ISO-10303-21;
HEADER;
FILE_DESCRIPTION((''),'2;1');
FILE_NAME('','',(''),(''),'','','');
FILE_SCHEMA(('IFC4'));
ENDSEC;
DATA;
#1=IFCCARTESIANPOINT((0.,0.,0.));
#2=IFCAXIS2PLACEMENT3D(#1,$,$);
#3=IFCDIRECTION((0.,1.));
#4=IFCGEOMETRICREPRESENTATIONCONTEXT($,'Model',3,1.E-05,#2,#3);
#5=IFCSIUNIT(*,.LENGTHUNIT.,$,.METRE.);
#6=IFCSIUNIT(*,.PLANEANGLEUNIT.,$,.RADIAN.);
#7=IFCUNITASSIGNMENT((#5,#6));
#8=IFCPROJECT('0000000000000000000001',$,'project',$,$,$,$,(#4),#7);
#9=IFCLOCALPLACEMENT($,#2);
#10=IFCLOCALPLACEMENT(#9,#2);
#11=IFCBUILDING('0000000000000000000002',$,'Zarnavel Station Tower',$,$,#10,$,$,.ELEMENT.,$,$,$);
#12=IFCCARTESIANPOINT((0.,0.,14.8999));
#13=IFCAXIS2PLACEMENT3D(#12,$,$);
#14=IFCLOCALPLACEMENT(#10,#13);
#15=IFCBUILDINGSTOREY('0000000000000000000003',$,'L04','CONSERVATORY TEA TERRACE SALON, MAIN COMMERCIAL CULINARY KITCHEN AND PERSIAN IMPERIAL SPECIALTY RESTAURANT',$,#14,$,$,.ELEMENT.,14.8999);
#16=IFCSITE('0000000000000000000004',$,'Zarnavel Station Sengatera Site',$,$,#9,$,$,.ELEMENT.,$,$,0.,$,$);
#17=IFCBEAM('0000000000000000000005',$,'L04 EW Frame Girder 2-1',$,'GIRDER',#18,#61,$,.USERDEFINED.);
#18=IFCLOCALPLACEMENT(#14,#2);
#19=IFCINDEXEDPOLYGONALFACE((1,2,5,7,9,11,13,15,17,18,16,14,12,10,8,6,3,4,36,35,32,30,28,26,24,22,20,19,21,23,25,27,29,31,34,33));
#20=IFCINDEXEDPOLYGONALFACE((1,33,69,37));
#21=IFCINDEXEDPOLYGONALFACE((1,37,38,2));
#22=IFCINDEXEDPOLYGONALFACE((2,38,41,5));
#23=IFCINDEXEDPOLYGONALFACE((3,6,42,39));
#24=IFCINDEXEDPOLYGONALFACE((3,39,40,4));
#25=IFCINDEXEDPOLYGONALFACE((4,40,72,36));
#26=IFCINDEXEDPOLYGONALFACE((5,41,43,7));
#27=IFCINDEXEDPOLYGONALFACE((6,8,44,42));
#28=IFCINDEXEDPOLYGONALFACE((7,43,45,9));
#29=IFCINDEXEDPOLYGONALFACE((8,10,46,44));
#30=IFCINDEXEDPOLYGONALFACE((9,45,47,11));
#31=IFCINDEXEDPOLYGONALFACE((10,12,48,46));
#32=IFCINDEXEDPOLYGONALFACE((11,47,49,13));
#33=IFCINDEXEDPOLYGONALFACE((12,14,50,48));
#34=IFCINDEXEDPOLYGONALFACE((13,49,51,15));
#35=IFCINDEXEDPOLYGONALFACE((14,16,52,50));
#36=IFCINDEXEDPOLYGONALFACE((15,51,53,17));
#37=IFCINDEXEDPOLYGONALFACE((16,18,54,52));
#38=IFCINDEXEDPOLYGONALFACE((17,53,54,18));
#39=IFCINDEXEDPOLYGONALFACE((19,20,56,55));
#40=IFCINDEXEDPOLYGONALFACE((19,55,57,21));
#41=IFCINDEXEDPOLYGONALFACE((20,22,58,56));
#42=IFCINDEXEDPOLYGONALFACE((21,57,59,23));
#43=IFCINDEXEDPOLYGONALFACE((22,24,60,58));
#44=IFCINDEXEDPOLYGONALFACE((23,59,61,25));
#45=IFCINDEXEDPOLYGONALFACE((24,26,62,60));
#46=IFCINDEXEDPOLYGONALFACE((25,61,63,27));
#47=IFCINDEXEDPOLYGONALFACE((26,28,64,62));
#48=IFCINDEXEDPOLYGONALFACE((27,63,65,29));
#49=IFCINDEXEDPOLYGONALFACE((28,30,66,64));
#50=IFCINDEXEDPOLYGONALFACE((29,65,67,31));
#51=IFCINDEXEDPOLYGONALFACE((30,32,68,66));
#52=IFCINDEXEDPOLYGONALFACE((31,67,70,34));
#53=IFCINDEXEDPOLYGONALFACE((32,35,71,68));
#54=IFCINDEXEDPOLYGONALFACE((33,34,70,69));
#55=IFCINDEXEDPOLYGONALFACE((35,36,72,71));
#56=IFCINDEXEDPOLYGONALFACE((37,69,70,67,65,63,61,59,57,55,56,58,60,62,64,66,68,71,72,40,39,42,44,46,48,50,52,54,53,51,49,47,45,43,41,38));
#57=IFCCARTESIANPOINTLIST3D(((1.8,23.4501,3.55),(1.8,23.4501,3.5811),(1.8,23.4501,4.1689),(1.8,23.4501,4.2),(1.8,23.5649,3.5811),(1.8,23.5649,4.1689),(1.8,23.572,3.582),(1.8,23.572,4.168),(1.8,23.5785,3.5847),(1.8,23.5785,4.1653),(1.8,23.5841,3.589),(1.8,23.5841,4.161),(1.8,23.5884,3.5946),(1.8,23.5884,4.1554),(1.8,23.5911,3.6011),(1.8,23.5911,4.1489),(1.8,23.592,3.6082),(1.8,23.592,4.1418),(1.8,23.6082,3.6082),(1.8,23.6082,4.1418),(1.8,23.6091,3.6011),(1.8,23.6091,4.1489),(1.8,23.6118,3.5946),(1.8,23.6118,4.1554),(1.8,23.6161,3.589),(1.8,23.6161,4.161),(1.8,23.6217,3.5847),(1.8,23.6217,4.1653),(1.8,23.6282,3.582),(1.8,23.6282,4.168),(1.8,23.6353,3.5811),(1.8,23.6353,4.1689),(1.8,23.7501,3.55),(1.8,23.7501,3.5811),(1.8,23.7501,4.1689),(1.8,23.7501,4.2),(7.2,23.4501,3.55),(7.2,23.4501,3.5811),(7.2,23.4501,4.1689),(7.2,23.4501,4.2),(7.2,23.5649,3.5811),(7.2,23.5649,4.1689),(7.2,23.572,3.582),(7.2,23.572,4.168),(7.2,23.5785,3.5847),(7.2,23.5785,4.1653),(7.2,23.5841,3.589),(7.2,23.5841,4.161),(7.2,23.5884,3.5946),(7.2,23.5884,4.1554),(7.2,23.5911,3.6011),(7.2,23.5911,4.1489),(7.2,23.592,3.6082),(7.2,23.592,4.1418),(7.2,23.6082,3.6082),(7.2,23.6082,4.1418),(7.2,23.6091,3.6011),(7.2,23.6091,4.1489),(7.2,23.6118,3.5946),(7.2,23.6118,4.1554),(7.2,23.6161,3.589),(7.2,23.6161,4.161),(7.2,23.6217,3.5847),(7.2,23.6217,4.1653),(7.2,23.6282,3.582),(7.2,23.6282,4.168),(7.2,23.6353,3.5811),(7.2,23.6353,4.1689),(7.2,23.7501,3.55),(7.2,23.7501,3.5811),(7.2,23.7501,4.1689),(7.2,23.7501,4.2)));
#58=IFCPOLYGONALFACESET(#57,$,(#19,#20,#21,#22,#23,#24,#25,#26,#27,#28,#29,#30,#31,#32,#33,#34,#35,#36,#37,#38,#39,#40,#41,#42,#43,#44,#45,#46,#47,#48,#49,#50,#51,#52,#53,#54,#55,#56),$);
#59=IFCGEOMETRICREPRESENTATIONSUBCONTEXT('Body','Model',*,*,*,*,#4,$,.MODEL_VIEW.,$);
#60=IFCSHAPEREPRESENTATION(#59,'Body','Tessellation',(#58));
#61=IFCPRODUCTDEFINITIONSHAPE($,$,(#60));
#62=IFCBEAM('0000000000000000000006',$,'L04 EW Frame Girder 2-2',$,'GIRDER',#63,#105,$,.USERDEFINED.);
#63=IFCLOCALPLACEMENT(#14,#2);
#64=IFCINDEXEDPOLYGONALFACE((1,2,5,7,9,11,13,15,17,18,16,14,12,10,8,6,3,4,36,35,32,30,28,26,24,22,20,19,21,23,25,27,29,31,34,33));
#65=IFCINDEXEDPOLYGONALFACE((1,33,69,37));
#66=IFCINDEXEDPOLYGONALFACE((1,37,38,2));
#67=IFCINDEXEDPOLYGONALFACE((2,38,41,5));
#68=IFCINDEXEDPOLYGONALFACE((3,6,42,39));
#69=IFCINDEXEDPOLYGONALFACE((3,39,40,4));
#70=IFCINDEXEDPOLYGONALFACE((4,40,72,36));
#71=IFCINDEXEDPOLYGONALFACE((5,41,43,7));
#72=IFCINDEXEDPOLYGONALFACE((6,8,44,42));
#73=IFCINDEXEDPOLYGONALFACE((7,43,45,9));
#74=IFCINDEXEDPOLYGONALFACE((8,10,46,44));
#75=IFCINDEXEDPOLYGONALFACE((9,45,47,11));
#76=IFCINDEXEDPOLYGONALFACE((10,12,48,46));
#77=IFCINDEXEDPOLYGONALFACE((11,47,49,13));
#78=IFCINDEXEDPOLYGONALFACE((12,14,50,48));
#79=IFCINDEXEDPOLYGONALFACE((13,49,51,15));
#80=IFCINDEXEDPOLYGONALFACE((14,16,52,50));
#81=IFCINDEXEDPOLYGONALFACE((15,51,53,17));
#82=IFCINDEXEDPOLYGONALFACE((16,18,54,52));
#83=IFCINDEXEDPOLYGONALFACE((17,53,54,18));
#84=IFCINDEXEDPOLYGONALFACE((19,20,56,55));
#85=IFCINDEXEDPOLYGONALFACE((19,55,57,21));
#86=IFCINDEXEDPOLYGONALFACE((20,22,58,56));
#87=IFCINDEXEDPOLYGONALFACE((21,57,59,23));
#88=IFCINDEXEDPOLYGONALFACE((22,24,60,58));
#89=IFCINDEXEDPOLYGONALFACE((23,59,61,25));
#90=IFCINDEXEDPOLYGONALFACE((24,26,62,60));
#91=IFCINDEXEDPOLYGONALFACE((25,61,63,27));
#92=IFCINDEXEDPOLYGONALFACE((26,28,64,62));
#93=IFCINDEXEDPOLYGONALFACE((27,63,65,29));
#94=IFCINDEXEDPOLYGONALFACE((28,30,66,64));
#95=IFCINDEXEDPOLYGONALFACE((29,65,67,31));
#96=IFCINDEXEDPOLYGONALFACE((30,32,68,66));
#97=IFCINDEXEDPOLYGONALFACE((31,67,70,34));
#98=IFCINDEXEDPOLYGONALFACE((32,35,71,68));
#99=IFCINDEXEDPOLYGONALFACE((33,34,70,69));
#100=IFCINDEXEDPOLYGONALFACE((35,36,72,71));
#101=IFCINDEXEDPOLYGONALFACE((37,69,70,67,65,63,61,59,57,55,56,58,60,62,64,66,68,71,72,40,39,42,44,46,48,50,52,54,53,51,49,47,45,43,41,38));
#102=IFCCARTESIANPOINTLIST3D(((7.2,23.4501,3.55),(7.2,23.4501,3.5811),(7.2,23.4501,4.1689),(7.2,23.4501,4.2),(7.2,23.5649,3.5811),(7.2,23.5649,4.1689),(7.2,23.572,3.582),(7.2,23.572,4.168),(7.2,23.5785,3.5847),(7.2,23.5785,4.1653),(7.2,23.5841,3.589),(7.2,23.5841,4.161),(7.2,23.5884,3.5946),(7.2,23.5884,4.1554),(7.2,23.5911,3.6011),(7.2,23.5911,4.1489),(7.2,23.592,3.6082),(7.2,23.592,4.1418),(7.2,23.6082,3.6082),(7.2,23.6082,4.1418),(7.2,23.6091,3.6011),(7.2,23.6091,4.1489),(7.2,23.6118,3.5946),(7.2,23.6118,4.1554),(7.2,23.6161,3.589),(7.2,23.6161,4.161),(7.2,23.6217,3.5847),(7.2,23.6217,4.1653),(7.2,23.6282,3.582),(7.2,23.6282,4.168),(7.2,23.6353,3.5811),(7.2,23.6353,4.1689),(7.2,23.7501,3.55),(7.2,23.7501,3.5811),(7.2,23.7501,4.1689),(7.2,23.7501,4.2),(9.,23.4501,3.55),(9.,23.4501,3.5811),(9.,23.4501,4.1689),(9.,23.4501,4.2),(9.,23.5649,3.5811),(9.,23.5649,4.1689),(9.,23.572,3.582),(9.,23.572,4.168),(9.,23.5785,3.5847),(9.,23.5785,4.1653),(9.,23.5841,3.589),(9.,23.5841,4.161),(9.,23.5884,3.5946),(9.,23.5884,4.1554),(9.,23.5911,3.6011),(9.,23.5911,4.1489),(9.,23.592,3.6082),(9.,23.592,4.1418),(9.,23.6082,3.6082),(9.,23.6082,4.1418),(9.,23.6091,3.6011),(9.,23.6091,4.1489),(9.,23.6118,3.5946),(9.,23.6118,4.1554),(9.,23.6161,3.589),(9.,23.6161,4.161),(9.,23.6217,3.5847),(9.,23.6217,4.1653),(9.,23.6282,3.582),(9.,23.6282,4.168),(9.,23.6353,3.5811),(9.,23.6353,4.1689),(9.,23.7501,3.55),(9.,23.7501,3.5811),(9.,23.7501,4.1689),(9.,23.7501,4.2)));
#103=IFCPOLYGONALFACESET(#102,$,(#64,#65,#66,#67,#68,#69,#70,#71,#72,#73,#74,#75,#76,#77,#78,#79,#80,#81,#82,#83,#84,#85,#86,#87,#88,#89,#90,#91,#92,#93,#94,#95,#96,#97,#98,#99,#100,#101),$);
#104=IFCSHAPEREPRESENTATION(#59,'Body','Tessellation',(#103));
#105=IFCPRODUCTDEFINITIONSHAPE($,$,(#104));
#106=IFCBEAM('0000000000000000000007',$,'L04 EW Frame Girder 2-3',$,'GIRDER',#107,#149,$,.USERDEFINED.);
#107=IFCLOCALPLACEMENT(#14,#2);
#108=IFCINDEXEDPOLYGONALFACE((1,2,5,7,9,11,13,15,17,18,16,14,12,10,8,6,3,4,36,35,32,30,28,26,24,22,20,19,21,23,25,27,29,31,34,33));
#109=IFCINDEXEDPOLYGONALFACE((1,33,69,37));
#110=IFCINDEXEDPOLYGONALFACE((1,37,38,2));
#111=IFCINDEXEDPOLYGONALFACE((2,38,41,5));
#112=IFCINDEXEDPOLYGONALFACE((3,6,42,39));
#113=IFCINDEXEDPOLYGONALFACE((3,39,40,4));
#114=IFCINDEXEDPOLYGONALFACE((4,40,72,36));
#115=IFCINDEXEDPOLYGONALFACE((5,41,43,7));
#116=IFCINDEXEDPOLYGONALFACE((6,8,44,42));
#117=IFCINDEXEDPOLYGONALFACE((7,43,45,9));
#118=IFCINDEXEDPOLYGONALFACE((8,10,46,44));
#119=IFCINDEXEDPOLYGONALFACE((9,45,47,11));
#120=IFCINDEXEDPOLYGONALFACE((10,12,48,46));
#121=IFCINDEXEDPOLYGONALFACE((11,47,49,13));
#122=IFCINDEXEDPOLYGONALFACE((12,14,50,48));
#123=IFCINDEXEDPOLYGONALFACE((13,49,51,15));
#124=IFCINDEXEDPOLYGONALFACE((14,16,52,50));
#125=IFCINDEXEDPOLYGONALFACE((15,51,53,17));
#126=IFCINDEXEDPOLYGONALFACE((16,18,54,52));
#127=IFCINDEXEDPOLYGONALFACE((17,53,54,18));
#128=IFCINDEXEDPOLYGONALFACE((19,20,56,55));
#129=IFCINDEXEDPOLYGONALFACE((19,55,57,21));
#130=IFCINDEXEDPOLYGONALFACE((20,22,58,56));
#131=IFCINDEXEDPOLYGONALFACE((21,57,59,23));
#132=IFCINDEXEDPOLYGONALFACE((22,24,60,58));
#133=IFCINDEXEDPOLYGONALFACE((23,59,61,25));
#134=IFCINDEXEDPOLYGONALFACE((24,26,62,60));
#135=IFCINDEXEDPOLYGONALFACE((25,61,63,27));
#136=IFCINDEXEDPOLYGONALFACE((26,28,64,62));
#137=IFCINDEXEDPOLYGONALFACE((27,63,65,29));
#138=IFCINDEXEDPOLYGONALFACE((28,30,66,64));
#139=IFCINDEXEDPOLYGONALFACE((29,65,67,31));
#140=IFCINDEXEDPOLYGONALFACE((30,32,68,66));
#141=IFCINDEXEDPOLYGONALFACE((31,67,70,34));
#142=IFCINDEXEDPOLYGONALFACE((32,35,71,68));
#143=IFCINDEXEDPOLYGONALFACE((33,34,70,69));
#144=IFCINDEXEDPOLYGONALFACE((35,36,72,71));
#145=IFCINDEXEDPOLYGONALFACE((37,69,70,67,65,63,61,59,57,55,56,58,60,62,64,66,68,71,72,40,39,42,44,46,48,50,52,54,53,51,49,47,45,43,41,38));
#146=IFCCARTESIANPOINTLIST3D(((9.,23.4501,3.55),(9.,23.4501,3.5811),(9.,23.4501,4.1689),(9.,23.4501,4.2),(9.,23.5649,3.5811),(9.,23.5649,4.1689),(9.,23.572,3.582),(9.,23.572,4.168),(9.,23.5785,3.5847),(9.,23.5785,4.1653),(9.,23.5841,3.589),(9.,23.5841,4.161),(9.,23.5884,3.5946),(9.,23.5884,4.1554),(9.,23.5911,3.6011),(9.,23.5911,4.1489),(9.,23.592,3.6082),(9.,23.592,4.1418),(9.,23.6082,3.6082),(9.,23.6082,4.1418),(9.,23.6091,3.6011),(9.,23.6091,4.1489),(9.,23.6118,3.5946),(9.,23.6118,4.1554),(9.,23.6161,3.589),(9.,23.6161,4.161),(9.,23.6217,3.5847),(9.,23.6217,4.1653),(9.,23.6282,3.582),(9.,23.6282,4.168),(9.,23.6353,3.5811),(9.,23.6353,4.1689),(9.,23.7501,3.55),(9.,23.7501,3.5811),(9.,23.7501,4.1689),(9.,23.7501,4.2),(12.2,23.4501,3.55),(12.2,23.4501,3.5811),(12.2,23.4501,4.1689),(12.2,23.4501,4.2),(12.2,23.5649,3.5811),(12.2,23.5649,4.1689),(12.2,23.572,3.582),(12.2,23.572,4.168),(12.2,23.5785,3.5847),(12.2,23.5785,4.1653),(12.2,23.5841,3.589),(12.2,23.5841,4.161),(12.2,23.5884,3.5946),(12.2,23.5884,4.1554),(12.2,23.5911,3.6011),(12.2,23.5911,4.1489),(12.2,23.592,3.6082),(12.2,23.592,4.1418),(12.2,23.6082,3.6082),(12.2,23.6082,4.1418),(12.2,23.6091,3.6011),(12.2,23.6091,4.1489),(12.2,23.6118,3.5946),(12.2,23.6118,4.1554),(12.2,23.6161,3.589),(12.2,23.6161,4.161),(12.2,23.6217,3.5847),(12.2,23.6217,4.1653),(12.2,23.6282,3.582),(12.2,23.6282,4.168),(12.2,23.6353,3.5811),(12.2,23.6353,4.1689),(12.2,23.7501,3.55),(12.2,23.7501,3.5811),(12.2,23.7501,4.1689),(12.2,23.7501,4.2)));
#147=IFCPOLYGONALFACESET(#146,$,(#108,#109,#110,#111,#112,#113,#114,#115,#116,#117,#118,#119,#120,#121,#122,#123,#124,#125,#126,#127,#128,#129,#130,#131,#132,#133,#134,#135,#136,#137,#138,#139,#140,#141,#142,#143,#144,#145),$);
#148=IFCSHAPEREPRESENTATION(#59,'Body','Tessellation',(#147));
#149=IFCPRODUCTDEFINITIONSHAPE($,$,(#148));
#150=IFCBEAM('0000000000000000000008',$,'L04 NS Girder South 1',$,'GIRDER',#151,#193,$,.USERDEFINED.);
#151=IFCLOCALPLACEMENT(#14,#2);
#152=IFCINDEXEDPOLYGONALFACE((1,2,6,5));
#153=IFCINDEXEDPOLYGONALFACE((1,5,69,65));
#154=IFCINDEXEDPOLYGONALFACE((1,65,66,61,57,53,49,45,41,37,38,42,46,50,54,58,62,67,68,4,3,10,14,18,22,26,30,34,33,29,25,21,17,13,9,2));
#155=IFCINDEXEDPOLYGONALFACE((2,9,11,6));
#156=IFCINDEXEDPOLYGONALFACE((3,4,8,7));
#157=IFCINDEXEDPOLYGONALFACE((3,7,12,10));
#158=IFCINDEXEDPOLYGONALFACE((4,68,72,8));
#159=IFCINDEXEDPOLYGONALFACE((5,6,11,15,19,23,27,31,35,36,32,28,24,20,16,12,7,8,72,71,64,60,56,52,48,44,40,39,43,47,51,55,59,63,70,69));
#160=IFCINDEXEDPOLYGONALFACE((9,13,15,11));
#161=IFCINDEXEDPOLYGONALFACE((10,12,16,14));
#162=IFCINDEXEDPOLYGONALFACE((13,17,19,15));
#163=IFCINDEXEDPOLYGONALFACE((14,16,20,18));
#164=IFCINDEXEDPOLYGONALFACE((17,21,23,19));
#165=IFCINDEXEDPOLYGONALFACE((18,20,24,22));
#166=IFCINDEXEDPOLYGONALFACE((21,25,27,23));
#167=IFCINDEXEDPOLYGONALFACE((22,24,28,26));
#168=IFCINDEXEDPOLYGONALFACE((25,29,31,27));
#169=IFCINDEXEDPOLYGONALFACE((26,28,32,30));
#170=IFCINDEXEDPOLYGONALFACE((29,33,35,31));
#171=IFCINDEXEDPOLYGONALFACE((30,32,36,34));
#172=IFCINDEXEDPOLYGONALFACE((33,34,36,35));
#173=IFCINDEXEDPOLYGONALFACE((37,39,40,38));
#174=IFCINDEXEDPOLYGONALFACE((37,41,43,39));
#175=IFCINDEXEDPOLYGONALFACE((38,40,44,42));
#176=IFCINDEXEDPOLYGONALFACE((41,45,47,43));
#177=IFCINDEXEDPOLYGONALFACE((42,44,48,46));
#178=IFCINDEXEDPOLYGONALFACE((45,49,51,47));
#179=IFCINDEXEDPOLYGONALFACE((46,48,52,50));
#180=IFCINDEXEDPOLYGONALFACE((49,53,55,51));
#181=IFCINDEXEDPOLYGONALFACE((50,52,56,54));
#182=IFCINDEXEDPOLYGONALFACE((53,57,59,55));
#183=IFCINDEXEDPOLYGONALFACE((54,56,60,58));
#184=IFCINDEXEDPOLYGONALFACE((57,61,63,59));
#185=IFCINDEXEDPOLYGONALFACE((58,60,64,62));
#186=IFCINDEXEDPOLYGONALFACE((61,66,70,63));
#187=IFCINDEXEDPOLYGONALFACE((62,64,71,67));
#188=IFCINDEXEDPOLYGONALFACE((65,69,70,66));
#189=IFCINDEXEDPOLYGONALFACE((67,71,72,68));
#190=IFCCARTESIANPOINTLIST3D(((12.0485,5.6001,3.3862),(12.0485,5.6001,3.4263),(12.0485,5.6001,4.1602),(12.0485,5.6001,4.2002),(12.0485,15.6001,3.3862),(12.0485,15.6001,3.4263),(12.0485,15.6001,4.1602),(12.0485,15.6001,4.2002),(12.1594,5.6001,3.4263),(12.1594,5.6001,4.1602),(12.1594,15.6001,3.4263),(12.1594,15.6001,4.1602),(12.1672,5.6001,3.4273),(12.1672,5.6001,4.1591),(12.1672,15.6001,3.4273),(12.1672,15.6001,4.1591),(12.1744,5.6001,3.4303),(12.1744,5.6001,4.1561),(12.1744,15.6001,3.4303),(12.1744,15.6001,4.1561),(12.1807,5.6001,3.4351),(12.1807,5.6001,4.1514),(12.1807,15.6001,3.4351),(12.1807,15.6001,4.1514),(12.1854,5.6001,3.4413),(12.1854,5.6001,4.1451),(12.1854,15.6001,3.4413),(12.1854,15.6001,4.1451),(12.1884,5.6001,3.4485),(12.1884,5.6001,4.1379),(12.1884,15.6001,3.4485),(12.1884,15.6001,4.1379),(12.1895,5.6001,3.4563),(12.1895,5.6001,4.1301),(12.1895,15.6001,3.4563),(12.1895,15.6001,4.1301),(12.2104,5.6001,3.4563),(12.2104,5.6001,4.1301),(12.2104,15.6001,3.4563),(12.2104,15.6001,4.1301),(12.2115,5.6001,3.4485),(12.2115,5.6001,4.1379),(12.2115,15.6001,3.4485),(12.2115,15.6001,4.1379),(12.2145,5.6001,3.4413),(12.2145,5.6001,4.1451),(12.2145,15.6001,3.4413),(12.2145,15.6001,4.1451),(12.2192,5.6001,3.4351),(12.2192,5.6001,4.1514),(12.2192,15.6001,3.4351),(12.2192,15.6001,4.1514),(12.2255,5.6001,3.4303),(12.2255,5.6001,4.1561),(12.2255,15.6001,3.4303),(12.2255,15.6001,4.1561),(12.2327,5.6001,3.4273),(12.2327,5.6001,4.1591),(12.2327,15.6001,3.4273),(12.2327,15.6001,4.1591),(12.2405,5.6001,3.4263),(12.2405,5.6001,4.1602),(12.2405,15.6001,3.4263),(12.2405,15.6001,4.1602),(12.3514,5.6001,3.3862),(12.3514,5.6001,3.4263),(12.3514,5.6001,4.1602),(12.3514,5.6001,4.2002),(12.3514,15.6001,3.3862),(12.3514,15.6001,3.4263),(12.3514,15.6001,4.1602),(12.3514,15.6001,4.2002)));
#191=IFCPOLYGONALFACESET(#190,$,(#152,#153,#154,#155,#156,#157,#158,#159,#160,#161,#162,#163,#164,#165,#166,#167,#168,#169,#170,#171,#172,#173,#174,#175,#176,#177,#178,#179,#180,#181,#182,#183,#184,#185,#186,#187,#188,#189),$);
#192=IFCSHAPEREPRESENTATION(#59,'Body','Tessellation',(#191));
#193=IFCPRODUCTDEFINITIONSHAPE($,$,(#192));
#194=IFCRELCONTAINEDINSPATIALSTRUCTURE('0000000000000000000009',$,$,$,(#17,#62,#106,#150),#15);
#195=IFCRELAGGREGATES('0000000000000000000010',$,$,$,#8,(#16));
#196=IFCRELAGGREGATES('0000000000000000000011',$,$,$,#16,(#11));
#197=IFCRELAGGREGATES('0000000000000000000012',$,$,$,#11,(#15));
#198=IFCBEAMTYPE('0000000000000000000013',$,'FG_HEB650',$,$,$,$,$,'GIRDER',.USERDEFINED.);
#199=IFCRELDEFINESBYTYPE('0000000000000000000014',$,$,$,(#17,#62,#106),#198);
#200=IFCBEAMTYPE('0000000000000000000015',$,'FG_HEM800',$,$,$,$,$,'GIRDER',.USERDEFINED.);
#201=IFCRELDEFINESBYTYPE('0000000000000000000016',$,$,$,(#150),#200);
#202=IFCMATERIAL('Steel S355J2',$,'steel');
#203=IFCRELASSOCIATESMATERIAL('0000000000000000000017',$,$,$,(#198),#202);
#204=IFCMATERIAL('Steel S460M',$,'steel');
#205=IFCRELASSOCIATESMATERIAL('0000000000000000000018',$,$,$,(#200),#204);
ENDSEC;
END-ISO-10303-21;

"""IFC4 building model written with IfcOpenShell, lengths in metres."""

from ifc_helpers import new_model, si_unit, direction, frame, origin, origin_2d, place, context, subcontext, project, spatial, i_section, extrude, material, material_profile, profile_set, type_object, element, save


model = new_model("IFC4")

# Units and contexts
model_context = context("Model", 3, precision=1e-05, world=origin(), true_north=direction((0.0, 1.0)))
body_context = subcontext(model_context, "Body", "Model", "MODEL_VIEW")
ifc_project = project(units=[si_unit("LENGTHUNIT", "METRE"), si_unit("PLANEANGLEUNIT", "RADIAN")], contexts=[model_context])

# Site, building, storey
site_placement = place(None, origin())
site = spatial("IfcSite", under=ifc_project, at=site_placement, Name="Zarnavel Station Sengatera Site", CompositionType="ELEMENT", RefElevation=0.0)
building_placement = place(site_placement, origin())
building = spatial("IfcBuilding", under=site, at=building_placement, Name="Zarnavel Station Tower", CompositionType="ELEMENT")
storey_placement = place(building_placement, frame((0.0, 0.0, 14.8999)))
storey = spatial("IfcBuildingStorey", under=building, at=storey_placement, Name="L04", Description="CONSERVATORY TEA TERRACE SALON, MAIN COMMERCIAL CULINARY KITCHEN AND PERSIAN IMPERIAL SPECIALTY RESTAURANT", CompositionType="ELEMENT", Elevation=14.8999)

# Beams
ifc_material_1 = material(Name="Steel S355J2", Category="steel")
ifc_material_profile_1 = material_profile(ifc_material_1, i_section(OverallWidth=0.3, OverallDepth=0.6499, WebThickness=0.0161, FlangeThickness=0.031, FilletRadius=0.0271, at=origin_2d()), Name="HEB650")
ifc_profile_set_1 = profile_set([ifc_material_profile_1], Name="Steel S355J2")
beam_type_1 = type_object("IfcBeamType", Name="FG_HEB650", ElementType="GIRDER", PredefinedType="USERDEFINED", material=ifc_profile_set_1)
beam_1_placement = place(storey_placement, frame((1.8, 23.6001, 3.875), z_axis=(1.0, 0.0, 0.0), x_axis=(0.0, 1.0, 0.0)))
element("IfcBeam", 1, at=beam_1_placement, inside=storey, type_object=beam_type_1, Name="L04 EW Frame Girder 2-1", ObjectType="GIRDER", PredefinedType="USERDEFINED", context=body_context, shape_type="SweptSolid", body=[
    extrude(i_section(OverallWidth=0.3, OverallDepth=0.6499, WebThickness=0.0161, FlangeThickness=0.031, FilletRadius=0.0271, at=origin_2d()), origin(), (0.0, 0.0, 1.0), 5.3999),
])
beam_2_placement = place(storey_placement, frame((7.2, 23.6001, 3.875), z_axis=(1.0, 0.0, 0.0), x_axis=(0.0, 1.0, 0.0)))
element("IfcBeam", 2, at=beam_2_placement, inside=storey, type_object=beam_type_1, Name="L04 EW Frame Girder 2-2", ObjectType="GIRDER", PredefinedType="USERDEFINED", context=body_context, shape_type="SweptSolid", body=[
    extrude(i_section(OverallWidth=0.3, OverallDepth=0.6499, WebThickness=0.0161, FlangeThickness=0.031, FilletRadius=0.0271, at=origin_2d()), origin(), (0.0, 0.0, 1.0), 1.8),
])
beam_3_placement = place(storey_placement, frame((9.0, 23.6001, 3.875), z_axis=(1.0, 0.0, 0.0), x_axis=(0.0, 1.0, 0.0)))
element("IfcBeam", 3, at=beam_3_placement, inside=storey, type_object=beam_type_1, Name="L04 EW Frame Girder 2-3", ObjectType="GIRDER", PredefinedType="USERDEFINED", context=body_context, shape_type="SweptSolid", body=[
    extrude(i_section(OverallWidth=0.3, OverallDepth=0.6499, WebThickness=0.0161, FlangeThickness=0.031, FilletRadius=0.0271, at=origin_2d()), origin(), (0.0, 0.0, 1.0), 3.2),
])
ifc_material_2 = material(Name="Steel S460M", Category="steel")
ifc_material_profile_2 = material_profile(ifc_material_2, i_section(OverallWidth=0.303, OverallDepth=0.814, WebThickness=0.021, FlangeThickness=0.04, FilletRadius=0.03, at=origin_2d()), Name="HEM800")
ifc_profile_set_2 = profile_set([ifc_material_profile_2], Name="Steel S460M")
beam_type_2 = type_object("IfcBeamType", Name="FG_HEM800", ElementType="GIRDER", PredefinedType="USERDEFINED", material=ifc_profile_set_2)
beam_4_placement = place(storey_placement, frame((12.2, 5.6001, 3.7932), z_axis=(0.0, 1.0, 0.0), x_axis=(-1.0, 0.0, 0.0)))
element("IfcBeam", 4, at=beam_4_placement, inside=storey, type_object=beam_type_2, Name="L04 NS Girder South 1", ObjectType="GIRDER", PredefinedType="USERDEFINED", context=body_context, shape_type="SweptSolid", body=[
    extrude(i_section(OverallWidth=0.303, OverallDepth=0.814, WebThickness=0.021, FlangeThickness=0.04, FilletRadius=0.03, at=origin_2d()), origin(), (0.0, 0.0, 1.0), 10.0),
])

save(model, "model.ifc")
